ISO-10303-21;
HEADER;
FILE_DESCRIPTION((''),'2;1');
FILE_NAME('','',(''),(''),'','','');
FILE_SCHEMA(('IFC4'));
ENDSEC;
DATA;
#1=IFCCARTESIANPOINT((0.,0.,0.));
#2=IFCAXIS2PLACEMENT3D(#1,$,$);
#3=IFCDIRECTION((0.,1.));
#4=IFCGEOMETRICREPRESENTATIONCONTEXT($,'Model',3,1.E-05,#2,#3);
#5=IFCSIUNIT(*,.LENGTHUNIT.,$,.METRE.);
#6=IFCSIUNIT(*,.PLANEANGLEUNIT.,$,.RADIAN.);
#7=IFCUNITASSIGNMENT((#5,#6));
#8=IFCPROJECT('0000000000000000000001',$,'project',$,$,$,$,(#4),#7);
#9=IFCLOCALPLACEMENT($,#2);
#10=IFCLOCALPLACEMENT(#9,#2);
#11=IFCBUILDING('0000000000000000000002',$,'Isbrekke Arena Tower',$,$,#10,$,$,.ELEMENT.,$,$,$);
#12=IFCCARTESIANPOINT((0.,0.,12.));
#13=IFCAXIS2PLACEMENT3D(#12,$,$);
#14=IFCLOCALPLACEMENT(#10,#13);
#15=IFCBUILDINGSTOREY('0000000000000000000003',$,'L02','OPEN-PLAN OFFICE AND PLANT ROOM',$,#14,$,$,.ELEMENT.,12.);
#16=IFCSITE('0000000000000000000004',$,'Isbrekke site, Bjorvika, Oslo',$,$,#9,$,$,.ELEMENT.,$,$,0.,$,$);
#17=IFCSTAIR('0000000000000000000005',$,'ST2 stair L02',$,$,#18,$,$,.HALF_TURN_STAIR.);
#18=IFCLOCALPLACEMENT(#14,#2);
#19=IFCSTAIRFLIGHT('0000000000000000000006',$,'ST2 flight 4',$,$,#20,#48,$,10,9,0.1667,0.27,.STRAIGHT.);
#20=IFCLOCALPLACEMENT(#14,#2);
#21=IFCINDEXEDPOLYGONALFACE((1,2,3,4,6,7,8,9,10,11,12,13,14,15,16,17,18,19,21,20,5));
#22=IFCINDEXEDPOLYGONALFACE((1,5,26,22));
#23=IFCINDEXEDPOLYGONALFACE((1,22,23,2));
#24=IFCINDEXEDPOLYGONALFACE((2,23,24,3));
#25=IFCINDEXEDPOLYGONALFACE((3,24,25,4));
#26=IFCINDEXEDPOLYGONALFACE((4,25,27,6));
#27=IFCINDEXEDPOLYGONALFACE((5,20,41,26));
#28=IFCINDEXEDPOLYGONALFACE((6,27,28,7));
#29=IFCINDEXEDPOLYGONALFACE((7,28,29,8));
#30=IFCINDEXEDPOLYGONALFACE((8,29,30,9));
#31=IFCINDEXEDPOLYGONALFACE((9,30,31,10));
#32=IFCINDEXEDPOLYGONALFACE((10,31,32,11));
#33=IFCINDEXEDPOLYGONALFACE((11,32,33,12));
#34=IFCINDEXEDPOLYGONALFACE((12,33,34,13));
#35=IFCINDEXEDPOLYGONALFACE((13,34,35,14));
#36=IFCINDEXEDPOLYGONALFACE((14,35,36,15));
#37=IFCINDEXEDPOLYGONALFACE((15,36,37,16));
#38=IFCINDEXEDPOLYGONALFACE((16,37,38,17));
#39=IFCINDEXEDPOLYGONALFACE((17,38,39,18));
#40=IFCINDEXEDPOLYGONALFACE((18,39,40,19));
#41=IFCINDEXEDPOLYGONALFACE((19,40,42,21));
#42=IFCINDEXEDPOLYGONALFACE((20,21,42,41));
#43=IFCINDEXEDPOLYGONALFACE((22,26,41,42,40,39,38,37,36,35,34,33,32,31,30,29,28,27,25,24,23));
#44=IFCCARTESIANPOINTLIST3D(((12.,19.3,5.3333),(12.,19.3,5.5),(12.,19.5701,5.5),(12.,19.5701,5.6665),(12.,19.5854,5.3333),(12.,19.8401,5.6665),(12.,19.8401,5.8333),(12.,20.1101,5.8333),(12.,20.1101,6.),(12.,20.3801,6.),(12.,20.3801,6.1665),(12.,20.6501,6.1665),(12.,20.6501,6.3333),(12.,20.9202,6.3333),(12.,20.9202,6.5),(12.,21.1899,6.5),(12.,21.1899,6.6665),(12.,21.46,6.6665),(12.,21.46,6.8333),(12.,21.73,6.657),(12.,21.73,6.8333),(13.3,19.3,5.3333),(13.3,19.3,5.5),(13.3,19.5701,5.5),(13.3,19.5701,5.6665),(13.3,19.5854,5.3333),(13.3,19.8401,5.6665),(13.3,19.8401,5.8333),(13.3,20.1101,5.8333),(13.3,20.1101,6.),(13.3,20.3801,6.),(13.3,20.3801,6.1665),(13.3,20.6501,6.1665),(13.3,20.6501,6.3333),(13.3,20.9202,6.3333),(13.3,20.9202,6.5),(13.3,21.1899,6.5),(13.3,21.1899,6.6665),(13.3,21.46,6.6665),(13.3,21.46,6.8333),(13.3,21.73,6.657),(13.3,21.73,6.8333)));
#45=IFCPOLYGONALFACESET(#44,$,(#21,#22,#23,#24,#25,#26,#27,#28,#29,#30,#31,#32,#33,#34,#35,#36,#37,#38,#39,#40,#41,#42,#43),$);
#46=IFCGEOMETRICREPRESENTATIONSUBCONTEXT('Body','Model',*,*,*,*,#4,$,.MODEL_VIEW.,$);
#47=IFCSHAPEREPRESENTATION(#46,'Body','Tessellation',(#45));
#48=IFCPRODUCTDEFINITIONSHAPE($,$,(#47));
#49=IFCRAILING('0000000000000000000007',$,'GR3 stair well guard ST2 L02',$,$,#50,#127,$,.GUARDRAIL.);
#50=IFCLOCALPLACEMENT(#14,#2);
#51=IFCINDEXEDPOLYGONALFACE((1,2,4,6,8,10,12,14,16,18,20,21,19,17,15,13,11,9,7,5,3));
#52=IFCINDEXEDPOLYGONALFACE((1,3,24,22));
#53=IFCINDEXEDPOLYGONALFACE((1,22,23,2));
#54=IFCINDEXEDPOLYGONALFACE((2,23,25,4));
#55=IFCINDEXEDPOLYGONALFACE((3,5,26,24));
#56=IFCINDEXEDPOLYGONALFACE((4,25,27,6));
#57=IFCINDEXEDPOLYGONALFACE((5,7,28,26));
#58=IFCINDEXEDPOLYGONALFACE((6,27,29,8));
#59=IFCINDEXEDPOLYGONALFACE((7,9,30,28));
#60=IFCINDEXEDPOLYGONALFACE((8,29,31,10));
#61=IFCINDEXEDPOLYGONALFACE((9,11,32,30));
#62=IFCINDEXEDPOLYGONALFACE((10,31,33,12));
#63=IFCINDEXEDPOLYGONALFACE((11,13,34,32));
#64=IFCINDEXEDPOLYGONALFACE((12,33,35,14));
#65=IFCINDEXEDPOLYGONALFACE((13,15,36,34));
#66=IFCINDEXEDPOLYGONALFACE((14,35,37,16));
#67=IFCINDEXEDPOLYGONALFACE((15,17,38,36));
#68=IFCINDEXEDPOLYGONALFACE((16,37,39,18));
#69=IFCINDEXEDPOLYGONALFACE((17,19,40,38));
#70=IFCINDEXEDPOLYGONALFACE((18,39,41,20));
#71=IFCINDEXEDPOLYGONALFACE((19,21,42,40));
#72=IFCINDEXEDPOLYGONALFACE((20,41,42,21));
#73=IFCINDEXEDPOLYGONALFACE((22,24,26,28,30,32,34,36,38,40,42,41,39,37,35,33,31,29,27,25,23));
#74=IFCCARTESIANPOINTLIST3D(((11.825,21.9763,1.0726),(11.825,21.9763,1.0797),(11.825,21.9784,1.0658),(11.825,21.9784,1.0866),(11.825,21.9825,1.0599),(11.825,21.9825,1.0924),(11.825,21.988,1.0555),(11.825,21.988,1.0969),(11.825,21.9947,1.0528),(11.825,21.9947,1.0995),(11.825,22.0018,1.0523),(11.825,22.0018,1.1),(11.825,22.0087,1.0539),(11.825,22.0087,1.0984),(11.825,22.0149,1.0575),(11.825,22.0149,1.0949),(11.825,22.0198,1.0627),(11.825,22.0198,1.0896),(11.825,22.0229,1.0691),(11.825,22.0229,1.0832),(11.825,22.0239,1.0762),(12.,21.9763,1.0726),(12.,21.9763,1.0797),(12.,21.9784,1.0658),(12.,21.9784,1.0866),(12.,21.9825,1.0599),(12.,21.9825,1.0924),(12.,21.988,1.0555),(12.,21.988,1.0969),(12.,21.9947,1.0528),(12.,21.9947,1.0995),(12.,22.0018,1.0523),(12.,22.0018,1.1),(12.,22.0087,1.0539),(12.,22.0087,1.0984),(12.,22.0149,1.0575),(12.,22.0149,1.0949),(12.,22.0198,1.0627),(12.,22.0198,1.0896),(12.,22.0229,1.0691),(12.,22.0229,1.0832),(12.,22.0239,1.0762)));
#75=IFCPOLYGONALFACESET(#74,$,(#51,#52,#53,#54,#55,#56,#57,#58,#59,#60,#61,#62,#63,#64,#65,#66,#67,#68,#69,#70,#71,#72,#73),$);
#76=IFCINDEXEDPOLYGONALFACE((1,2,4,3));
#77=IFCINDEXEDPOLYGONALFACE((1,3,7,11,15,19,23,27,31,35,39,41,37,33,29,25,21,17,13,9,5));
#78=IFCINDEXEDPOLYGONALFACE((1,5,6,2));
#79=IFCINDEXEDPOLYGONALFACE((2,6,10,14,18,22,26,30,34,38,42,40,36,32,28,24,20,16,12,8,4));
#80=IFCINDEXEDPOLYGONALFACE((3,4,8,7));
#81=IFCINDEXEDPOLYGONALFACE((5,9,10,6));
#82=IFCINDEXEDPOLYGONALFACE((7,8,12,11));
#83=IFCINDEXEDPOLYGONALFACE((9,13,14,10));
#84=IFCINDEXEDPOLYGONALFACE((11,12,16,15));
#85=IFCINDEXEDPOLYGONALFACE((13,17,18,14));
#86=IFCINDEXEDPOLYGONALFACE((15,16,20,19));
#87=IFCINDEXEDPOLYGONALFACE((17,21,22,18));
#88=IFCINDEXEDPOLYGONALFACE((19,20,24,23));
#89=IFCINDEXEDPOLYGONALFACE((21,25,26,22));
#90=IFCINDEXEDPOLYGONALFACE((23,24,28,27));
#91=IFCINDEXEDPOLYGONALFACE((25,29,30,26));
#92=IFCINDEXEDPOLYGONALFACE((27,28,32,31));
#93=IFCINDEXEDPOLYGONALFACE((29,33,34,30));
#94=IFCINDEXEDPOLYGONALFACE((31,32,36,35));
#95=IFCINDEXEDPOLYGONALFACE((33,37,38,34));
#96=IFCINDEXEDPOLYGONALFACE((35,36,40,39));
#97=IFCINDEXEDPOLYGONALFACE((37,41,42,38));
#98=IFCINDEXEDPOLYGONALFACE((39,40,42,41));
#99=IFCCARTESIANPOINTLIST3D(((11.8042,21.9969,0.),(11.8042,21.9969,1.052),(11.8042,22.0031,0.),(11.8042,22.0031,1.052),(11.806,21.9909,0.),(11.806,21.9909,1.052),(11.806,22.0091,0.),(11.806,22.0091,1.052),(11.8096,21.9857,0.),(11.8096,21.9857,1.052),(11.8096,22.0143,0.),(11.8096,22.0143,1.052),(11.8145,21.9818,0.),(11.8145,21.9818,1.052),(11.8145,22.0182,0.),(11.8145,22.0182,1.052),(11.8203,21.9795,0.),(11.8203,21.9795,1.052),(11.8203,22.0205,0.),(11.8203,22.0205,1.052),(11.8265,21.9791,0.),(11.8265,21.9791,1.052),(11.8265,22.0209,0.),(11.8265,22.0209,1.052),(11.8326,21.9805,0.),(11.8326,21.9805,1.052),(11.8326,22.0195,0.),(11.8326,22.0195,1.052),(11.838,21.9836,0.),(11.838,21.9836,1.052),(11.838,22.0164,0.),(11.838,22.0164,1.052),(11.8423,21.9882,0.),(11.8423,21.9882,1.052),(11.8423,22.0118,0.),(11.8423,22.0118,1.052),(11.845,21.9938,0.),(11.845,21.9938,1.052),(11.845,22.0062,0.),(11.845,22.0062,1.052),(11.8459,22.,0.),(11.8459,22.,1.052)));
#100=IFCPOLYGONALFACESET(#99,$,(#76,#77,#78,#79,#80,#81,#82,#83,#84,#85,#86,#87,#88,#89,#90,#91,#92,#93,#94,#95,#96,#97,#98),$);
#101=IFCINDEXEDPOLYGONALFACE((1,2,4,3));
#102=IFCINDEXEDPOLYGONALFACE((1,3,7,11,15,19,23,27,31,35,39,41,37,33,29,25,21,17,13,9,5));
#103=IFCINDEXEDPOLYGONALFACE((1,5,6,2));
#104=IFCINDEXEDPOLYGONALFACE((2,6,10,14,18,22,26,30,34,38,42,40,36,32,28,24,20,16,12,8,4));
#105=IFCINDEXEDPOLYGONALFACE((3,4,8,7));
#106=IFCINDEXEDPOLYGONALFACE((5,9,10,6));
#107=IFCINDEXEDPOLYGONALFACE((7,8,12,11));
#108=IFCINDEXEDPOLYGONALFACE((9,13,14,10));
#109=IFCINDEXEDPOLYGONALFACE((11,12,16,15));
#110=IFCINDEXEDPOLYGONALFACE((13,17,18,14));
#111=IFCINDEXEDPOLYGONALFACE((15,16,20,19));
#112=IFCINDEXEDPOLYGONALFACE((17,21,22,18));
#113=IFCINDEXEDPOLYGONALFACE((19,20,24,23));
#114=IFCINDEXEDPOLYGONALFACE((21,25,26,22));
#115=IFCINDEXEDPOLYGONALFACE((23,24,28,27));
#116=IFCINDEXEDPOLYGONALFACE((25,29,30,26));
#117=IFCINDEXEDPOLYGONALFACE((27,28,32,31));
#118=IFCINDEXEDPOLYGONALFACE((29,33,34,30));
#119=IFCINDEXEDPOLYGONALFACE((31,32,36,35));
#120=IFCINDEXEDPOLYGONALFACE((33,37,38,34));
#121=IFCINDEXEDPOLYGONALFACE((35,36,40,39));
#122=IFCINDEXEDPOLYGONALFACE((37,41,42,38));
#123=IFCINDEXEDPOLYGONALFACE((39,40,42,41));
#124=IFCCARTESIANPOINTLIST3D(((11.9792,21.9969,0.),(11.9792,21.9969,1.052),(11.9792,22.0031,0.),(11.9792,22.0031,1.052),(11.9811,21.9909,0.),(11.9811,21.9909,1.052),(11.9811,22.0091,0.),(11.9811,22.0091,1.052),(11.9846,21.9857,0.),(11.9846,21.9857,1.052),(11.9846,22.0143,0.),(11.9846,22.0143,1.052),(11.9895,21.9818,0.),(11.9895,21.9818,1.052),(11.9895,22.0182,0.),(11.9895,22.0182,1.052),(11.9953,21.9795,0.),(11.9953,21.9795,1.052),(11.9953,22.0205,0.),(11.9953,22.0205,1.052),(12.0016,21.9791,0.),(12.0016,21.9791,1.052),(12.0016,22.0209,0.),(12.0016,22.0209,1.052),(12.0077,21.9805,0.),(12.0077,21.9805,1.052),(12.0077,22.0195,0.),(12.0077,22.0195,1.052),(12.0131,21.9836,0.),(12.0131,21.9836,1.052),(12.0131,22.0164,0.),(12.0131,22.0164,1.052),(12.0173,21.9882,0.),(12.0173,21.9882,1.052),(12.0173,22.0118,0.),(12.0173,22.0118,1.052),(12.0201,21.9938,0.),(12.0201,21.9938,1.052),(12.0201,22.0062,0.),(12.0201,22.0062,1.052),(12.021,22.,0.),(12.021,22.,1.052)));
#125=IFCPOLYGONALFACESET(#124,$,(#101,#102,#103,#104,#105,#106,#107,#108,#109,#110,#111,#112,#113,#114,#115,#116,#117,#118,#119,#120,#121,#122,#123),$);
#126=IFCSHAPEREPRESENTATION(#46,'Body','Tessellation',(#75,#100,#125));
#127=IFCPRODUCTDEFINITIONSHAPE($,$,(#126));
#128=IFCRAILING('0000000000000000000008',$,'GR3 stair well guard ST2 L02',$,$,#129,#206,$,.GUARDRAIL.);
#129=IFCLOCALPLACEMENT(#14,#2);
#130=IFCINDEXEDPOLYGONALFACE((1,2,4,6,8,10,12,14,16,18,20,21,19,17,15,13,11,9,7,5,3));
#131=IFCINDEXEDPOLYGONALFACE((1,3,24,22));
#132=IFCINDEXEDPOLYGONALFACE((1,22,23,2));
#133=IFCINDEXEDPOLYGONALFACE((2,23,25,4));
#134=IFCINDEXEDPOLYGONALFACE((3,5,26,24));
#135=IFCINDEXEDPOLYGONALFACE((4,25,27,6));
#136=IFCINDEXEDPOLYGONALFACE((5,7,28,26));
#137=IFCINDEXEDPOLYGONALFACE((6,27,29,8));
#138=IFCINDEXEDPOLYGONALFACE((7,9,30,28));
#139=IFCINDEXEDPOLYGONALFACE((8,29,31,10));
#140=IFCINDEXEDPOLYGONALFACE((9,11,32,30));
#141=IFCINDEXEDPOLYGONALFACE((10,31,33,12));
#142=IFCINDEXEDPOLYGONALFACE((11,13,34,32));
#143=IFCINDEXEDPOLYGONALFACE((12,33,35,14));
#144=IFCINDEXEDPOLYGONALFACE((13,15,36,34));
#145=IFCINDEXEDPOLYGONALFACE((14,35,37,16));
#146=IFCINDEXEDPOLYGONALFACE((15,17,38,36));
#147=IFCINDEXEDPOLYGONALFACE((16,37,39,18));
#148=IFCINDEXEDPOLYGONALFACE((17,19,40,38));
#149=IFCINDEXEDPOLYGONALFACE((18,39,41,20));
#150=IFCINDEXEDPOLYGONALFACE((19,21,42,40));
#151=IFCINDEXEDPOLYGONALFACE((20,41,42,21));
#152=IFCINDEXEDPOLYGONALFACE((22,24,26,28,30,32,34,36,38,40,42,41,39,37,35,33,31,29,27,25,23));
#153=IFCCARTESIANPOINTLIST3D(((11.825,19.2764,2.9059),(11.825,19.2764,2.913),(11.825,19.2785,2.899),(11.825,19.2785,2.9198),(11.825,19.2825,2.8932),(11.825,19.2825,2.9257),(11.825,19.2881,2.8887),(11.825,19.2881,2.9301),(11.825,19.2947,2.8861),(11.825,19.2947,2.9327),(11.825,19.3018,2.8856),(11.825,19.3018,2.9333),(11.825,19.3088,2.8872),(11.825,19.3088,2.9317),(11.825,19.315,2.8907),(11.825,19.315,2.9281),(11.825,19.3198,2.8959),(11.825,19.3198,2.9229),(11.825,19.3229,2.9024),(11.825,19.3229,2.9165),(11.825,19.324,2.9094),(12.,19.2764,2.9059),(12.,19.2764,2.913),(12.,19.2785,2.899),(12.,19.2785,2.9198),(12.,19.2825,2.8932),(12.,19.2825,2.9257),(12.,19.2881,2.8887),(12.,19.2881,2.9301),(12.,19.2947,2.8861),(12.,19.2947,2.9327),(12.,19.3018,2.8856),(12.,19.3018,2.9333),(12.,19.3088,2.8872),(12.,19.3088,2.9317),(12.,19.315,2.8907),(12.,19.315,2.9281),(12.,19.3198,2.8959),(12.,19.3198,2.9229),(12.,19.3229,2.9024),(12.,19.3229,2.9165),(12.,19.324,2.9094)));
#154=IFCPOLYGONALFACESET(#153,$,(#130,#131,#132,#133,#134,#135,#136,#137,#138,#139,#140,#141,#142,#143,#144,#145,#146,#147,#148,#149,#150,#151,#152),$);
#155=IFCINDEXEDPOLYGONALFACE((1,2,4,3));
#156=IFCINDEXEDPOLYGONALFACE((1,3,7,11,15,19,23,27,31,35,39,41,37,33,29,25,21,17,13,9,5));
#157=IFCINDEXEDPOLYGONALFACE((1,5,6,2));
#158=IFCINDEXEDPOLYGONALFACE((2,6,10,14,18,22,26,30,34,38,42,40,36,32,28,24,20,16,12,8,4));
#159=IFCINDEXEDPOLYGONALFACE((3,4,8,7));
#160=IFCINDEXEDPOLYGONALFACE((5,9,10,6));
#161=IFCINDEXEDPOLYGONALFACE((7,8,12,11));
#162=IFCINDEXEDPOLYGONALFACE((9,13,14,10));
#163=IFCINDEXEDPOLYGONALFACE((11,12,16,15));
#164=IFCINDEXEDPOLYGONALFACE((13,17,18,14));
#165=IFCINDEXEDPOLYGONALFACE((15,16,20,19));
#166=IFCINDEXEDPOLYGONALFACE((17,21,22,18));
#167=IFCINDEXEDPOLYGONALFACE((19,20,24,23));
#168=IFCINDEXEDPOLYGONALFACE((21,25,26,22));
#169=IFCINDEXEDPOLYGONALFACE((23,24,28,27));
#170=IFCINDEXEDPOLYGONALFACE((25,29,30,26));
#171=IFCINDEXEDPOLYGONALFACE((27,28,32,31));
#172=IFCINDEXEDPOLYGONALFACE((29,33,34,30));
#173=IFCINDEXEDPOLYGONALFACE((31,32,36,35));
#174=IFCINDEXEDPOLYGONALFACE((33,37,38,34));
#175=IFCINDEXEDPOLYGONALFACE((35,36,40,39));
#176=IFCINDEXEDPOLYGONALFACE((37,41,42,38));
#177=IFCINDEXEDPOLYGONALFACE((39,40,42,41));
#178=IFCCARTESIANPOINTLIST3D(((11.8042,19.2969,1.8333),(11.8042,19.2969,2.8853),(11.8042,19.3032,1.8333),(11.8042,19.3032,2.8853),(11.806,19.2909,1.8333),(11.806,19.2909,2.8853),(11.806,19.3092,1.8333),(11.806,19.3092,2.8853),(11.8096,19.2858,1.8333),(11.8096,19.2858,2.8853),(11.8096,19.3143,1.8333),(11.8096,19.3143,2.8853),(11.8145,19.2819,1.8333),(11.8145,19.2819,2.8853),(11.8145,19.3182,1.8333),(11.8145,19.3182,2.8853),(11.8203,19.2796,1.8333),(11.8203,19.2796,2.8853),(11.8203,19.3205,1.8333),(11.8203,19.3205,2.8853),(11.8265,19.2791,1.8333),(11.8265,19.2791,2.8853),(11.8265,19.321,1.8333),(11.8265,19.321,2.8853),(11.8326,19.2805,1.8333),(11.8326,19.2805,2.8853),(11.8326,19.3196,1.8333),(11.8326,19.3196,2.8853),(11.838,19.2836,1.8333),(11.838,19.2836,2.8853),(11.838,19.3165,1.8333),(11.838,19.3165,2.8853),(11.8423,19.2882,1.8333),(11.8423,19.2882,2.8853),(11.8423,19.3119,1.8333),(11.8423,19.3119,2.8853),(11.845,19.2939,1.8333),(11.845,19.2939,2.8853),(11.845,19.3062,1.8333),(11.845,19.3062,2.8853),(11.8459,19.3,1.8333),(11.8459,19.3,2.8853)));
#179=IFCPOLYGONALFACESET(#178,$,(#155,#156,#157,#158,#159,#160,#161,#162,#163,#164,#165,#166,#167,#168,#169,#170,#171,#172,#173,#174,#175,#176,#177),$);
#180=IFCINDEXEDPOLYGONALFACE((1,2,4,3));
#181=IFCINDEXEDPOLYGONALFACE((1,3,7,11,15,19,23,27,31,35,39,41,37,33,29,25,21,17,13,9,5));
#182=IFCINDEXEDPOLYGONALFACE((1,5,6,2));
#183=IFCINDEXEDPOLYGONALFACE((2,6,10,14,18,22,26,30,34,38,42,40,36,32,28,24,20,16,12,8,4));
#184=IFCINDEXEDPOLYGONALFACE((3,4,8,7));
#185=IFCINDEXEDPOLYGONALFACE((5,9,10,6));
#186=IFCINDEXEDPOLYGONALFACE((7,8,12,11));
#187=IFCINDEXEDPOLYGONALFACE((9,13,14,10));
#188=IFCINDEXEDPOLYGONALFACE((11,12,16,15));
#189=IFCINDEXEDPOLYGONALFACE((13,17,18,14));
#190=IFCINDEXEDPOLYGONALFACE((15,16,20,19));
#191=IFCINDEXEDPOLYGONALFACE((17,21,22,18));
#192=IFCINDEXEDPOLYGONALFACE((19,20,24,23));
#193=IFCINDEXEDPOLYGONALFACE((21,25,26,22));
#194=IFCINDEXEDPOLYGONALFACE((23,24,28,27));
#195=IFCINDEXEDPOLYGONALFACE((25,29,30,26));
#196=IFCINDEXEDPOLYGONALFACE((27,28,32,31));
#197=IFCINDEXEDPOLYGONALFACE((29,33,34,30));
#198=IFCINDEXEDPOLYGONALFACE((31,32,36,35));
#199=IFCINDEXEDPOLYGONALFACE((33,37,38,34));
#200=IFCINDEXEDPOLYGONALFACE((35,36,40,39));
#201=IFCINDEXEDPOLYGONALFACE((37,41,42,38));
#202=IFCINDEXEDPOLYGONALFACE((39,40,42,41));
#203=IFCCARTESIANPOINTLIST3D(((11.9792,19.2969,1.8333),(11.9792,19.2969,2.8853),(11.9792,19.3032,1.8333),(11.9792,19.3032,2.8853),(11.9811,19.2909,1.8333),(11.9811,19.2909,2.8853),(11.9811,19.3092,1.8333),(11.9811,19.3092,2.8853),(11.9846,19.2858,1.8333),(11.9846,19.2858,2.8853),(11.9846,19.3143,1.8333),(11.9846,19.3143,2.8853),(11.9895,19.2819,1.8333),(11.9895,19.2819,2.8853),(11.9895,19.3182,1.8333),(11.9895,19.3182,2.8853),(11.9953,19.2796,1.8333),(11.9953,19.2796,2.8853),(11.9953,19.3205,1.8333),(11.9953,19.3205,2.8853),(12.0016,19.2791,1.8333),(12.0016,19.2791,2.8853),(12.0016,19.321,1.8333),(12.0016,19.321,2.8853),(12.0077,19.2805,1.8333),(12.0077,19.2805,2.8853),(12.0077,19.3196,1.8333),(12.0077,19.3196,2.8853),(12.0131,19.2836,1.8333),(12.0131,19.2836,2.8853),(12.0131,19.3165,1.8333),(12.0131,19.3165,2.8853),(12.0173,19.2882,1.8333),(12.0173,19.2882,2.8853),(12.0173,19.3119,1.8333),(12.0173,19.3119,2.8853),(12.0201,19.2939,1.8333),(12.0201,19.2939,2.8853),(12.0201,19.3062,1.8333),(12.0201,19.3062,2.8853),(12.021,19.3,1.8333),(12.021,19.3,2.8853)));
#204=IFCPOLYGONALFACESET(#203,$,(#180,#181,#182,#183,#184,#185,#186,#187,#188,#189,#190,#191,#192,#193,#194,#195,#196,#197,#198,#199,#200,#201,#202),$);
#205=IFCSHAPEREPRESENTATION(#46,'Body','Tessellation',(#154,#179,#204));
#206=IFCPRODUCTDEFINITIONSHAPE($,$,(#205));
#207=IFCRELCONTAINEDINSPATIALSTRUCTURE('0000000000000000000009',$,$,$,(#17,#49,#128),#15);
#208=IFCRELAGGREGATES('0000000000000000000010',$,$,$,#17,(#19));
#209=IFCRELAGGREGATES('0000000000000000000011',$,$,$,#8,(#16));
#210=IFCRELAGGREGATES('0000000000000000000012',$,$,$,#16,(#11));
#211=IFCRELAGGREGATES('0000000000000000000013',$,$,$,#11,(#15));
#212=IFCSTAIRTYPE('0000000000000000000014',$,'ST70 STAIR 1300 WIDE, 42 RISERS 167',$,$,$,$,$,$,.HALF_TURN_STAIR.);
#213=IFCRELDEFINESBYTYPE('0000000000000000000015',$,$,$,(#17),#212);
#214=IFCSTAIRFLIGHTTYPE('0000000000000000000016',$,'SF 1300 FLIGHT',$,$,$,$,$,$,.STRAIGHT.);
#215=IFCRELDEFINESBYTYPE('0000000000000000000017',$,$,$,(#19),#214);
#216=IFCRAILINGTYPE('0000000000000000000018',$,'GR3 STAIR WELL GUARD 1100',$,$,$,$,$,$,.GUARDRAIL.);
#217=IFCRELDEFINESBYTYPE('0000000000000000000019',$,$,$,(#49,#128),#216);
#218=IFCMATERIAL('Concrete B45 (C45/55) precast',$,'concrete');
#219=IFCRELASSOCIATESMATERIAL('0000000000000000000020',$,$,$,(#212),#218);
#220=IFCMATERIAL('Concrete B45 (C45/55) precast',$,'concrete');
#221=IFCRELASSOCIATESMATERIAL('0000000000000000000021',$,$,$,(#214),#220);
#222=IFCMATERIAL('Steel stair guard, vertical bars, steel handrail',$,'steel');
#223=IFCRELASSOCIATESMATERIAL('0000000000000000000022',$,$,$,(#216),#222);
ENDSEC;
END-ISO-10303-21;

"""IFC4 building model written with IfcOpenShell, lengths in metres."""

from ifc_helpers import new_model, si_unit, direction, frame, origin, origin_2d, place, context, subcontext, project, spatial, polyline, circle, outline, extrude, material, type_object, element, aggregate, save


model = new_model("IFC4")

# Units and contexts
model_context = context("Model", 3, precision=1e-05, world=origin(), true_north=direction((0.0, 1.0)))
body_context = subcontext(model_context, "Body", "Model", "MODEL_VIEW")
ifc_project = project(units=[si_unit("LENGTHUNIT", "METRE"), si_unit("PLANEANGLEUNIT", "RADIAN")], contexts=[model_context])

# Site, building, storey
site_placement = place(None, origin())
site = spatial("IfcSite", under=ifc_project, at=site_placement, Name="Isbrekke site, Bjorvika, Oslo", CompositionType="ELEMENT", RefElevation=0.0)
building_placement = place(site_placement, origin())
building = spatial("IfcBuilding", under=site, at=building_placement, Name="Isbrekke Arena Tower", CompositionType="ELEMENT")
storey_placement = place(building_placement, frame((0.0, 0.0, 12.0)))
storey = spatial("IfcBuildingStorey", under=building, at=storey_placement, Name="L02", Description="OPEN-PLAN OFFICE AND PLANT ROOM", CompositionType="ELEMENT", Elevation=12.0)

# Stair, stair flight
ifc_material_1 = material(Name="Concrete B45 (C45/55) precast", Category="concrete")
stair_type = type_object("IfcStairType", Name="ST70 STAIR 1300 WIDE, 42 RISERS 167", PredefinedType="HALF_TURN_STAIR", material=ifc_material_1)
stair_placement = place(storey_placement, origin())
stair = element("IfcStair", 1, at=stair_placement, inside=storey, type_object=stair_type, Name="ST2 stair L02", PredefinedType="HALF_TURN_STAIR")
ifc_material_2 = material(Name="Concrete B45 (C45/55) precast", Category="concrete")
stair_flight_type = type_object("IfcStairFlightType", Name="SF 1300 FLIGHT", PredefinedType="STRAIGHT", material=ifc_material_2)
stair_flight_1_placement = place(storey_placement, frame((12.6499, 19.3, 5.3333), z_axis=(0.0, 0.0, 1.0), x_axis=(0.0, 1.0, 0.0)))
stair_flight_1 = element("IfcStairFlight", 2, at=stair_flight_1_placement, type_object=stair_flight_type, Name="ST2 flight 4", NumberOfRisers=10, NumberOfTreads=9, PredefinedType="STRAIGHT", RiserHeight=0.1667, TreadLength=0.27, context=body_context, shape_type="SweptSolid", body=[
    extrude(outline(polyline([(0.0, 0.0), (0.0, 0.1667), (0.27, 0.1667), (0.27, 0.3333), (0.54, 0.3333), (0.54, 0.5), (0.8101, 0.5), (0.8101, 0.6667), (1.0801, 0.6667), (1.0801, 0.8333), (1.3501, 0.8333), (1.3501, 1.0), (1.6201, 1.0), (1.6201, 1.1667), (1.8899, 1.1667), (1.8899, 1.3333), (2.1599, 1.3333), (2.1599, 1.5), (2.4299, 1.5), (2.4299, 1.6667), (2.4299, 1.3237), (0.2854, 0.0), (0.0, 0.0)])), frame((0.0, 0.6499, 0.0), z_axis=(0.0, -1.0, 0.0), x_axis=(1.0, 0.0, 0.0)), (0.0, 0.0, 1.0), 1.3),
])
aggregate(stair, [stair_flight_1])

# Railings
ifc_material_3 = material(Name="Steel stair guard, vertical bars, steel handrail", Category="steel")
railing_type = type_object("IfcRailingType", Name="GR3 STAIR WELL GUARD 1100", PredefinedType="GUARDRAIL", material=ifc_material_3)
for number, where, name in (
    (3, (11.825, 22.0, 0.0), "GR3 stair well guard ST2 L02"),
    (4, (11.825, 19.3, 1.8333), "GR3 stair well guard ST2 L02"),
):
    element("IfcRailing", number, at=place(storey_placement, frame(where)), inside=storey, type_object=railing_type, Name=name, PredefinedType="GUARDRAIL", context=body_context, shape_type="SweptSolid", body=[
        extrude(circle(Radius=0.0239, at=origin_2d()), frame((0.0, 0.0, 1.0762), z_axis=(1.0, 0.0, 0.0), x_axis=(0.0, 1.0, 0.0)), (0.0, 0.0, 1.0), 0.175),
        extrude(circle(Radius=0.021, at=origin_2d()), origin(), (0.0, 0.0, 1.0), 1.052),
        extrude(circle(Radius=0.021, at=origin_2d()), frame((0.175, 0.0, 0.0)), (0.0, 0.0, 1.0), 1.052),
    ])

save(model, "model.ifc")
